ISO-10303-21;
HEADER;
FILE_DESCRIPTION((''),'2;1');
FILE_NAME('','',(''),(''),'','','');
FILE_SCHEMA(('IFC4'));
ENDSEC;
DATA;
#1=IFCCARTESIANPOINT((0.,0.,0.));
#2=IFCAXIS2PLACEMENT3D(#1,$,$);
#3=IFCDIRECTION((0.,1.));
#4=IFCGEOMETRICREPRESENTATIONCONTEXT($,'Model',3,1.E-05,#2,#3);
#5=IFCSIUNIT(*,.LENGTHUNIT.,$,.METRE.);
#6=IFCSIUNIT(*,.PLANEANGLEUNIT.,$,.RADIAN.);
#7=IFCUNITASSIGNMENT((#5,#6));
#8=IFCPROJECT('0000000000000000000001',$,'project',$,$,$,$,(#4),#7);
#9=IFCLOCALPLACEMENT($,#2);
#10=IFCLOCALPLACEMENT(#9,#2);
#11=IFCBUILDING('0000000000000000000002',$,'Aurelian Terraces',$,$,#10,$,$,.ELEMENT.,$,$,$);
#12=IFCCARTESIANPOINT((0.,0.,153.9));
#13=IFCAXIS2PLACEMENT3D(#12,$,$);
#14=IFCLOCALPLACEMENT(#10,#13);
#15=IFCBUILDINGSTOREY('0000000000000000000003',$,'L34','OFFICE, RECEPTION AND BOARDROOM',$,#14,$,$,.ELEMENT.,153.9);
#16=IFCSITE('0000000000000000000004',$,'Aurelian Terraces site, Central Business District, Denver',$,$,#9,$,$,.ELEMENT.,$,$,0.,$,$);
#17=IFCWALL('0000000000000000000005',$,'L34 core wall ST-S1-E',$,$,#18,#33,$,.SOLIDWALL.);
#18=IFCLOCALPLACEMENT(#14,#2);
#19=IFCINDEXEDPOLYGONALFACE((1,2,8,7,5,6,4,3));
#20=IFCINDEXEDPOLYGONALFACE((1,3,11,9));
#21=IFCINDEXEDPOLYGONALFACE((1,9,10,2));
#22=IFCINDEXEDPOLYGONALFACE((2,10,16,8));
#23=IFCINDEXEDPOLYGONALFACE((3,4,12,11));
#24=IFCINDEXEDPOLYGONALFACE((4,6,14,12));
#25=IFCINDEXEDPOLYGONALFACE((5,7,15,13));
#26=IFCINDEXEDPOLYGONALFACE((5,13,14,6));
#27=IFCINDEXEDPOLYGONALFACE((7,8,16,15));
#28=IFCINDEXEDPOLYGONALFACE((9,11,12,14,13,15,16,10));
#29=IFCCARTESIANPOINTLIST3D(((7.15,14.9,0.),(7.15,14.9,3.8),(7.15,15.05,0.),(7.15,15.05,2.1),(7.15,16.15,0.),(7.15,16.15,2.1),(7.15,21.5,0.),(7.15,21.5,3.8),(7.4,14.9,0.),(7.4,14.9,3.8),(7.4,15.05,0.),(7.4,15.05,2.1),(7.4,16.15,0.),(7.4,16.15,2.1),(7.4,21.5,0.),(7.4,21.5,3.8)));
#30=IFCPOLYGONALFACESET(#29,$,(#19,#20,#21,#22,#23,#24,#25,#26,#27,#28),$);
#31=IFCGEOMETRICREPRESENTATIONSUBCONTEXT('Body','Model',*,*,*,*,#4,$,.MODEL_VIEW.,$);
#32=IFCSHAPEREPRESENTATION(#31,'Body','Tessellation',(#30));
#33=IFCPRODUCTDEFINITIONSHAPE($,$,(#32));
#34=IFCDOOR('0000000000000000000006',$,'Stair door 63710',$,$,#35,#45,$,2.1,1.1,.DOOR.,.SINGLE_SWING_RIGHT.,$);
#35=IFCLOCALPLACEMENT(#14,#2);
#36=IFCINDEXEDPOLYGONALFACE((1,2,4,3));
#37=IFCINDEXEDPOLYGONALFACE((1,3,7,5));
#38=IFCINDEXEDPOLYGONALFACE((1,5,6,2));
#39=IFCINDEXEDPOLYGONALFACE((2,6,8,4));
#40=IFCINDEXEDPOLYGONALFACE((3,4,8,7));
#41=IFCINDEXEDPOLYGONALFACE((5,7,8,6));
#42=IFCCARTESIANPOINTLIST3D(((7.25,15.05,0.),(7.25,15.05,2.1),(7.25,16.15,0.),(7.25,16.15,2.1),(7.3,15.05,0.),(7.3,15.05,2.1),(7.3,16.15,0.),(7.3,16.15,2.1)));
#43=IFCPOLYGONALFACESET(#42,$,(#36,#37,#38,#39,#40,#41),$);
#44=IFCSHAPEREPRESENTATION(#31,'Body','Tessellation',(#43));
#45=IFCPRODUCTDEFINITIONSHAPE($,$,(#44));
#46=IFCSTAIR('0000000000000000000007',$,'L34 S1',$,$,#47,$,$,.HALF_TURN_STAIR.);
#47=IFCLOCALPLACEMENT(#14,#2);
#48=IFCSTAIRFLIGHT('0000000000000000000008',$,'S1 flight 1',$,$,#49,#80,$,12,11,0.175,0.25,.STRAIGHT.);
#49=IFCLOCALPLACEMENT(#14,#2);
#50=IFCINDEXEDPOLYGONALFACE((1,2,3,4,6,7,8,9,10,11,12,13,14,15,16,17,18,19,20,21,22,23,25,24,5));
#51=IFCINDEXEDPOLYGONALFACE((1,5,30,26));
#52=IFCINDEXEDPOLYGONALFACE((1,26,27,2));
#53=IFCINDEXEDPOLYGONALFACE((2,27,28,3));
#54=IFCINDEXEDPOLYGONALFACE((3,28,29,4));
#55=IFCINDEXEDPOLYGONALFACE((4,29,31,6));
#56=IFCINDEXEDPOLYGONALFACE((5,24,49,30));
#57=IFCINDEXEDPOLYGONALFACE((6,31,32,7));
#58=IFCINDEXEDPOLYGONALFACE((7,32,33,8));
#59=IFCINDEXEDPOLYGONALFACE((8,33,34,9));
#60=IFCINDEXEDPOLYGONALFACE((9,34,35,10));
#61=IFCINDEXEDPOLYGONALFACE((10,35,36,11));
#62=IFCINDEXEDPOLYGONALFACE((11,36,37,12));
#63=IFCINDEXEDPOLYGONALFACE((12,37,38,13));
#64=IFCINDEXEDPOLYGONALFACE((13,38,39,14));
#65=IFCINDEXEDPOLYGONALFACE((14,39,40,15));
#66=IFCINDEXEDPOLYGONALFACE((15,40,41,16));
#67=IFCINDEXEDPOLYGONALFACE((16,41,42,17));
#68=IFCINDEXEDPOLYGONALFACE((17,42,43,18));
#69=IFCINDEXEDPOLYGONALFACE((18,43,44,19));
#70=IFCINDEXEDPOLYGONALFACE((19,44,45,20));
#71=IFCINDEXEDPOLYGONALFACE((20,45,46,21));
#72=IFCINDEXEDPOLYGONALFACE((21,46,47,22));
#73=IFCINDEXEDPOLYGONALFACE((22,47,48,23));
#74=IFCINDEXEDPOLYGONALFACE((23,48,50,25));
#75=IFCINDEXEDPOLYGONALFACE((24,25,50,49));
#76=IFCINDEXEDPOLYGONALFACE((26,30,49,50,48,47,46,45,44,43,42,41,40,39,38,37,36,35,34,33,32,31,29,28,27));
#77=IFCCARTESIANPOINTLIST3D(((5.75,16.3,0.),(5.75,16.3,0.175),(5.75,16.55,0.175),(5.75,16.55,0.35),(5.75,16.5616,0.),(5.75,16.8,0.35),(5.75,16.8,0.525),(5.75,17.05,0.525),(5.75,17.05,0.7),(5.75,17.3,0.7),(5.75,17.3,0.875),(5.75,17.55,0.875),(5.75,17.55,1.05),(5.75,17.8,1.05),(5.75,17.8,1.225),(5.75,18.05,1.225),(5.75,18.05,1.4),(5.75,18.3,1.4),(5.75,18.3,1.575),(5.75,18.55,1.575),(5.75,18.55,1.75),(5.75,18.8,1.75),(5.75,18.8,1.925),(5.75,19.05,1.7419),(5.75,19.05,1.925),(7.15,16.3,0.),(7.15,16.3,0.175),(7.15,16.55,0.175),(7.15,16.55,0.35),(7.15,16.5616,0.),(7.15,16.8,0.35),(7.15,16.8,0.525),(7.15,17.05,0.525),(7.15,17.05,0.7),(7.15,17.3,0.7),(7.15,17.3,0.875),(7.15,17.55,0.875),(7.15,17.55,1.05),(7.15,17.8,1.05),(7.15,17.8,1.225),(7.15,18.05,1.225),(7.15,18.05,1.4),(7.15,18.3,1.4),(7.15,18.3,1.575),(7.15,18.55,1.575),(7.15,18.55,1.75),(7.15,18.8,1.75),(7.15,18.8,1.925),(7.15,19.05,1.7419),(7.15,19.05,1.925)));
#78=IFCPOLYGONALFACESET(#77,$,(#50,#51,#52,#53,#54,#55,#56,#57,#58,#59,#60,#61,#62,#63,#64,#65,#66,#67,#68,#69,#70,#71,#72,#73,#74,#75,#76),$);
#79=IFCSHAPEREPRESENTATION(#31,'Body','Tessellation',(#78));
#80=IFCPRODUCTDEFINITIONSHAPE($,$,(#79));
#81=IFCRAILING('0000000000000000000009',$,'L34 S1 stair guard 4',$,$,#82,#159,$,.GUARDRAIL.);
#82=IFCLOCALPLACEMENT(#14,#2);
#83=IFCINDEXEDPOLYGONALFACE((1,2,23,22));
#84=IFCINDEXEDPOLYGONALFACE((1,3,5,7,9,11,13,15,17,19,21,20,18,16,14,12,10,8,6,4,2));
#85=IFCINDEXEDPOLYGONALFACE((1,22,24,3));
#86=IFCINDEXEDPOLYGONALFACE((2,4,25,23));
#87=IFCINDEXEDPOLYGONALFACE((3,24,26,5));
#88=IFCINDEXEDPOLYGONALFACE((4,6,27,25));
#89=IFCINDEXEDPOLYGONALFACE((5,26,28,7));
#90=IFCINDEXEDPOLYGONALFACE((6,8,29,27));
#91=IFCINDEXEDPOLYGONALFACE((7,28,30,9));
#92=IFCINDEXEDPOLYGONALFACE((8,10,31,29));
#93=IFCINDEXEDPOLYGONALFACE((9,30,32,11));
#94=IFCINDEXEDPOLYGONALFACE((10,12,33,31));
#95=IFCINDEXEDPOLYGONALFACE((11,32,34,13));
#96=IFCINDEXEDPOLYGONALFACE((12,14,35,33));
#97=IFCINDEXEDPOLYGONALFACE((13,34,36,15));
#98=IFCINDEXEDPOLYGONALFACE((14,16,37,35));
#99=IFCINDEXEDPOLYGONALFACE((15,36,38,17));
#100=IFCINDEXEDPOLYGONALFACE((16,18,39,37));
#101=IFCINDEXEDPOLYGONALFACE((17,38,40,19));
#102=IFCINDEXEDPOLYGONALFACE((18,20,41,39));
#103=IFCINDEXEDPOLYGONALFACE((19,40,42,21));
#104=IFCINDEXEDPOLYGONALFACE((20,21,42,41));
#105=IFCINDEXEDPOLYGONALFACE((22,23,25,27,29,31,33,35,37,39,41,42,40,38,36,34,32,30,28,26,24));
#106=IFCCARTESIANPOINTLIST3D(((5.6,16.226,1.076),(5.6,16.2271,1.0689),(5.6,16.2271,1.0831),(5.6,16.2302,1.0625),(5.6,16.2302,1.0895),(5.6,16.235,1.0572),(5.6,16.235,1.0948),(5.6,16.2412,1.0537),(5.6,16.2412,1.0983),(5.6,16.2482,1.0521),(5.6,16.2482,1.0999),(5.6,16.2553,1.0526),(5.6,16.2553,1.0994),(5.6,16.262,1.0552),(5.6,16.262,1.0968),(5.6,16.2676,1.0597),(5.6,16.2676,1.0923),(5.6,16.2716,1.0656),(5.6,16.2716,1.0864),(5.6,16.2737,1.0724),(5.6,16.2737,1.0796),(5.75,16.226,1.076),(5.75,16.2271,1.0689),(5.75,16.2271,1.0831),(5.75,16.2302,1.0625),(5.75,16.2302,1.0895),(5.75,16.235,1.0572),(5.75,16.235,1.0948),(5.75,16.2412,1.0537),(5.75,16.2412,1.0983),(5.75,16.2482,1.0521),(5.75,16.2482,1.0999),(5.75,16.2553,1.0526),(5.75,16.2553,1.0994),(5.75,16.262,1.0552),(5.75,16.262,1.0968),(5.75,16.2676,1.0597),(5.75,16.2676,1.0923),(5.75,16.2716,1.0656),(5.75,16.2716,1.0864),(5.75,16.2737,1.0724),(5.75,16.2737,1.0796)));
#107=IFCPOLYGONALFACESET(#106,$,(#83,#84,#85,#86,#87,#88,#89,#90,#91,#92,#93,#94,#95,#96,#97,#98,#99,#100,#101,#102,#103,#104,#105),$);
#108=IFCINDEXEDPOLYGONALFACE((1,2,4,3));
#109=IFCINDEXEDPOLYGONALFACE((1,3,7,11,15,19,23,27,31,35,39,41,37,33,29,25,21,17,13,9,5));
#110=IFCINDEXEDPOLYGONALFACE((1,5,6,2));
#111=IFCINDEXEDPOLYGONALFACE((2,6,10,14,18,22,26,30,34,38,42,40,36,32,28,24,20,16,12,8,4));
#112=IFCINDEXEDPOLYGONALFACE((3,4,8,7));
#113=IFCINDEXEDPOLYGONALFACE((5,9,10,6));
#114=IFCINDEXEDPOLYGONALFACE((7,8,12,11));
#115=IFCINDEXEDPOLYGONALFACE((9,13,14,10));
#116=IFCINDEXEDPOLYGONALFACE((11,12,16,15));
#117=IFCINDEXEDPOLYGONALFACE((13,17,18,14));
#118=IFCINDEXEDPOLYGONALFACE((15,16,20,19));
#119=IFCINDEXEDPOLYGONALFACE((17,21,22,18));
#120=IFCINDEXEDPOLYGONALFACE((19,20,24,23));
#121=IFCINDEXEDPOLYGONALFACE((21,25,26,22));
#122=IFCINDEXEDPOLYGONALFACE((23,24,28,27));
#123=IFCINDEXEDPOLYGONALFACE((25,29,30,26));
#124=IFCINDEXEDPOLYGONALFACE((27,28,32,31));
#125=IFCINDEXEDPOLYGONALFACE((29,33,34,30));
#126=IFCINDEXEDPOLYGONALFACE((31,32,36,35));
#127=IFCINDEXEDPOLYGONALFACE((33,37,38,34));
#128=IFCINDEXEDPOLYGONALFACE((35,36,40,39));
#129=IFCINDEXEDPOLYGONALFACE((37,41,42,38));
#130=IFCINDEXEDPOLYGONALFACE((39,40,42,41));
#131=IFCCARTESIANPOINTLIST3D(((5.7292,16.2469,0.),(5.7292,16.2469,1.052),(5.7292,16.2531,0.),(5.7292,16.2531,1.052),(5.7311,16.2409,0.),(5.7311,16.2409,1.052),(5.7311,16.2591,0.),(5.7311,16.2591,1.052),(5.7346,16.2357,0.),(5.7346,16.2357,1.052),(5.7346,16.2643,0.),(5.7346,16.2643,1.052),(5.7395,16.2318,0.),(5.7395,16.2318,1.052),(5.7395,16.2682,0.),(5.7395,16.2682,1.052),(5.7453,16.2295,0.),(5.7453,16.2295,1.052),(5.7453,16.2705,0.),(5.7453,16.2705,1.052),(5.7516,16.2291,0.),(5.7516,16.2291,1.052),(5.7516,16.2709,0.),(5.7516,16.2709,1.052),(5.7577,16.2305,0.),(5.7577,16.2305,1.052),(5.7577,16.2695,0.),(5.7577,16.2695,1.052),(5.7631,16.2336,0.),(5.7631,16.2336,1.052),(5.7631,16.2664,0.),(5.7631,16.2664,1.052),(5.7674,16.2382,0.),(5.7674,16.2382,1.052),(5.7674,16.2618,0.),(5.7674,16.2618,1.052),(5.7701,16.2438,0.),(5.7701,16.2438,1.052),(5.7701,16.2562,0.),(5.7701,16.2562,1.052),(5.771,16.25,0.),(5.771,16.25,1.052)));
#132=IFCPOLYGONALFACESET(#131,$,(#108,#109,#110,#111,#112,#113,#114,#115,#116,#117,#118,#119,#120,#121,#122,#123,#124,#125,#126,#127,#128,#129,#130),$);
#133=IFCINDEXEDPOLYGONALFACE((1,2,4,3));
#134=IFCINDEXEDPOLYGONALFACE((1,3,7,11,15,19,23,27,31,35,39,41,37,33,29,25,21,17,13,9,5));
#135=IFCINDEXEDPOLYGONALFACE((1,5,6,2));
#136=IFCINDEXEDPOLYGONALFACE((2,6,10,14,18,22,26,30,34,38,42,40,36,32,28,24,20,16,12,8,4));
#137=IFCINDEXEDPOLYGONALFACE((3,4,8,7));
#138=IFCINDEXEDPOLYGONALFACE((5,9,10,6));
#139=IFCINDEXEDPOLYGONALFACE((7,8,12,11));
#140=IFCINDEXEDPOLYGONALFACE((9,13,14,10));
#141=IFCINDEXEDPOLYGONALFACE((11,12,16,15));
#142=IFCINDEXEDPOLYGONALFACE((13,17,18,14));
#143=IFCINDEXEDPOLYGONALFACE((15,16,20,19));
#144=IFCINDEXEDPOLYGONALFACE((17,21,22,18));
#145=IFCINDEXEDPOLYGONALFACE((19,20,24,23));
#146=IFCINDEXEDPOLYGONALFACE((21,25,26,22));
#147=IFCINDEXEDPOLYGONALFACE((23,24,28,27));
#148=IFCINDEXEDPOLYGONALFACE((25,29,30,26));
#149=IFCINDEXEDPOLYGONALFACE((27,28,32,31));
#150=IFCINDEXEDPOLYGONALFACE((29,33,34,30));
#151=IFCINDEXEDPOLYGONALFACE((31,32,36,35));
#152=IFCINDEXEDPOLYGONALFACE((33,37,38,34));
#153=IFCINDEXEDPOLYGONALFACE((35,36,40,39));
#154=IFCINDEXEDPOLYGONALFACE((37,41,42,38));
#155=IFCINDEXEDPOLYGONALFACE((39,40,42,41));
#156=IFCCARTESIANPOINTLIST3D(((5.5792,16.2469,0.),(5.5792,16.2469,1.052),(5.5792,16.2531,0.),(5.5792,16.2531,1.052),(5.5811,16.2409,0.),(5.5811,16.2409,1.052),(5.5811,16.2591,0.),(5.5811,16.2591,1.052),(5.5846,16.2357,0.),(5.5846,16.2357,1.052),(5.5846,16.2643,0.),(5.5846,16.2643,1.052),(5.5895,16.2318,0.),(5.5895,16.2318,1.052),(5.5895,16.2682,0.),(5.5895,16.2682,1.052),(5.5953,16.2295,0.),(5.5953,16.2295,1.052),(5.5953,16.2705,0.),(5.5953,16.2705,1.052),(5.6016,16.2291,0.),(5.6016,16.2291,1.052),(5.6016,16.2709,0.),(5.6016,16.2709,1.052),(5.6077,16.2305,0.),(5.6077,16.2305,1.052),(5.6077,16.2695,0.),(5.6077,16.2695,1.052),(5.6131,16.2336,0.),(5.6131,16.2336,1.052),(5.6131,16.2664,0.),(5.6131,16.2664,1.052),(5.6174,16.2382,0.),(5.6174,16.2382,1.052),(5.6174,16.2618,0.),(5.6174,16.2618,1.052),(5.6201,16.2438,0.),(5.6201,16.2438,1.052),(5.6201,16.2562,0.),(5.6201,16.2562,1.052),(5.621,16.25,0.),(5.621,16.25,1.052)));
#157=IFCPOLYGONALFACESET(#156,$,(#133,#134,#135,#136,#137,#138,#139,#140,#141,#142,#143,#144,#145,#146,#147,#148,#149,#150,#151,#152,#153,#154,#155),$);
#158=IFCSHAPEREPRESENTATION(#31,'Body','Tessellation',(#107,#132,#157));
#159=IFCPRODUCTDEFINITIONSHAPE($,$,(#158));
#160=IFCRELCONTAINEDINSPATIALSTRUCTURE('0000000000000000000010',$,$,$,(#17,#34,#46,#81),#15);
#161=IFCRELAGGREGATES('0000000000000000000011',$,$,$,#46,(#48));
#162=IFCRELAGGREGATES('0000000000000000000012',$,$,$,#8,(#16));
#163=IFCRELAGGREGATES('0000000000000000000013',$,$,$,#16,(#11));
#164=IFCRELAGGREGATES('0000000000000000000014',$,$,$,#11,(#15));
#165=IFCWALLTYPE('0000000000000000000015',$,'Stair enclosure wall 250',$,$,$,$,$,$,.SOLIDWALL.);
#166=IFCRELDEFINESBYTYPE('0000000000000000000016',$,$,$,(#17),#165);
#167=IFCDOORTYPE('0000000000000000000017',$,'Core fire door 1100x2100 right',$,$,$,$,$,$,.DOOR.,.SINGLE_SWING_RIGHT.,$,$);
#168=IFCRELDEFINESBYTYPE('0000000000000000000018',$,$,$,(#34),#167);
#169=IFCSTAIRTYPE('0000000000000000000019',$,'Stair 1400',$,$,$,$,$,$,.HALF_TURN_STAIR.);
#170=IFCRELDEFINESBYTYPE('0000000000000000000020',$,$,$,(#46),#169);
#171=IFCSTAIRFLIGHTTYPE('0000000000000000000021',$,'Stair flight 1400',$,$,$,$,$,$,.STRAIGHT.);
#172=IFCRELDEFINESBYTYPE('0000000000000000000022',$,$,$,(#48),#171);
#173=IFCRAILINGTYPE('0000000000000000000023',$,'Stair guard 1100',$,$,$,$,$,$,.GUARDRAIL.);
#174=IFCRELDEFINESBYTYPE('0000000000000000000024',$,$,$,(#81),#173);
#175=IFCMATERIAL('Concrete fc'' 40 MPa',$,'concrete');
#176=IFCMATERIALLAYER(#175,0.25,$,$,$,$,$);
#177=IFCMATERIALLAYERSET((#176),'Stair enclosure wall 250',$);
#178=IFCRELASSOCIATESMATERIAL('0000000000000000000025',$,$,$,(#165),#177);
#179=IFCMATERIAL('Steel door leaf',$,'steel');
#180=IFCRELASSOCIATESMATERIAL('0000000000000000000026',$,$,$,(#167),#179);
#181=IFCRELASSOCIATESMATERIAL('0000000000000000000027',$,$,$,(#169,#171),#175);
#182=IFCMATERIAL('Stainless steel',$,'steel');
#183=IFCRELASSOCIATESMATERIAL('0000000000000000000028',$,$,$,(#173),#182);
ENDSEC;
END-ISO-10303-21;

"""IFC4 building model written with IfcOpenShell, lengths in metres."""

from ifc_helpers import new_model, si_unit, direction, frame, frame_2d, origin, origin_2d, place, context, subcontext, project, spatial, polyline, rectangle, circle, outline, extrude, source, transform, mapped, material, layer, layer_set, type_object, element, fill, aggregate, save


model = new_model("IFC4")

# Units and contexts
model_context = context("Model", 3, precision=1e-05, world=origin(), true_north=direction((0.0, 1.0)))
body_context = subcontext(model_context, "Body", "Model", "MODEL_VIEW")
ifc_project = project(units=[si_unit("LENGTHUNIT", "METRE"), si_unit("PLANEANGLEUNIT", "RADIAN")], contexts=[model_context])

# Site, building, storey
site_placement = place(None, origin())
site = spatial("IfcSite", under=ifc_project, at=site_placement, Name="Aurelian Terraces site, Central Business District, Denver", CompositionType="ELEMENT", RefElevation=0.0)
building_placement = place(site_placement, origin())
building = spatial("IfcBuilding", under=site, at=building_placement, Name="Aurelian Terraces", CompositionType="ELEMENT")
storey_placement = place(building_placement, frame((0.0, 0.0, 153.9)))
storey = spatial("IfcBuildingStorey", under=building, at=storey_placement, Name="L34", Description="OFFICE, RECEPTION AND BOARDROOM", CompositionType="ELEMENT", Elevation=153.9)

# Shared definitions
ifc_material_1 = material(Name="Concrete fc' 40 MPa", Category="concrete")

# Shared definitions
ifc_material_2 = material(Name="Stainless steel", Category="steel")
shared_shape_1 = source(origin(), body_context, "Body", "SweptSolid", [
    extrude(rectangle(XDim=1.1, YDim=2.1, at=frame_2d((0.55, 1.05))), frame((0.0, 0.025, 0.0), z_axis=(0.0, -1.0, 0.0), x_axis=(1.0, 0.0, 0.0)), (0.0, 0.0, 1.0), 0.05),
])

# Wall, opening, door
ifc_layer_1 = layer(ifc_material_1, 0.25)
ifc_layer_set_1 = layer_set([ifc_layer_1], Name="Stair enclosure wall 250")
wall_type_1 = type_object("IfcWallType", Name="Stair enclosure wall 250", PredefinedType="SOLIDWALL", material=ifc_layer_set_1)
shared_shape_2 = source(origin(), body_context, "Body", "SweptSolid", [
    extrude(rectangle(XDim=6.6, YDim=0.25, at=frame_2d((3.3, 0.0))), origin(), (0.0, 0.0, 1.0), 3.8),
])
wall_1_placement = place(storey_placement, frame((7.275, 14.9, 0.0), z_axis=(0.0, 0.0, 1.0), x_axis=(0.0, 1.0, 0.0)))
wall_1 = element("IfcWall", 1, at=wall_1_placement, inside=storey, type_object=wall_type_1, Name="L34 core wall ST-S1-E", PredefinedType="SOLIDWALL", context=body_context, shape_type="MappedRepresentation", body=[
    mapped(shared_shape_2, transform((0.0, 0.0, 0.0), scale=1.0)),
])
shared_shape_3 = source(origin(), body_context, "Body", "SweptSolid", [
    extrude(rectangle(XDim=1.1, YDim=2.1, at=frame_2d((0.55, 1.05))), frame((0.0, 0.135, 0.0), z_axis=(0.0, -1.0, 0.0), x_axis=(1.0, 0.0, 0.0)), (0.0, 0.0, 1.0), 0.27),
])
opening_1_placement = place(wall_1_placement, frame((0.15, 0.0, 0.0)))
opening_1 = element("IfcOpeningElement", 2, at=opening_1_placement, cuts=wall_1, PredefinedType="OPENING", context=body_context, shape_type="MappedRepresentation", body=[
    mapped(shared_shape_3, transform((0.0, 0.0, 0.0), scale=1.0)),
])
ifc_material_3 = material(Name="Steel door leaf", Category="steel")
door_type_1 = type_object("IfcDoorType", Name="Core fire door 1100x2100 right", OperationType="SINGLE_SWING_RIGHT", PredefinedType="DOOR", material=ifc_material_3)
door_1_placement = place(opening_1_placement, origin())
door_1 = element("IfcDoor", 3, at=door_1_placement, inside=storey, type_object=door_type_1, Name="Stair door 63710", OperationType="SINGLE_SWING_RIGHT", OverallHeight=2.1, OverallWidth=1.1, PredefinedType="DOOR", context=body_context, shape_type="MappedRepresentation", body=[
    mapped(shared_shape_1, transform((0.0, 0.0, 0.0), scale=1.0)),
])
fill(opening_1, door_1)

# Stair, stair flight
stair_type = type_object("IfcStairType", Name="Stair 1400", PredefinedType="HALF_TURN_STAIR", material=ifc_material_1)
stair_placement = place(storey_placement, origin())
stair = element("IfcStair", 4, at=stair_placement, inside=storey, type_object=stair_type, Name="L34 S1", PredefinedType="HALF_TURN_STAIR")
stair_flight_type = type_object("IfcStairFlightType", Name="Stair flight 1400", PredefinedType="STRAIGHT", material=ifc_material_1)
shared_shape_4 = source(origin(), body_context, "Body", "SweptSolid", [
    extrude(outline(polyline([(0.0, 0.0), (0.0, 0.175), (0.25, 0.175), (0.25, 0.35), (0.5, 0.35), (0.5, 0.525), (0.75, 0.525), (0.75, 0.7), (1.0, 0.7), (1.0, 0.875), (1.25, 0.875), (1.25, 1.05), (1.5, 1.05), (1.5, 1.225), (1.75, 1.225), (1.75, 1.4), (2.0, 1.4), (2.0, 1.575), (2.25, 1.575), (2.25, 1.75), (2.5, 1.75), (2.5, 1.925), (2.75, 1.925), (2.75, 2.1), (2.75, 1.7419), (0.2616, 0.0), (0.0, 0.0)])), frame((0.0, 0.7, 0.0), z_axis=(0.0, -1.0, 0.0), x_axis=(1.0, 0.0, 0.0)), (0.0, 0.0, 1.0), 1.4),
])
stair_flight_placement = place(storey_placement, frame((6.45, 16.3, 0.0), z_axis=(0.0, 0.0, 1.0), x_axis=(0.0, 1.0, 0.0)))
stair_flight = element("IfcStairFlight", 5, at=stair_flight_placement, type_object=stair_flight_type, Name="S1 flight 1", NumberOfRisers=12, NumberOfTreads=11, PredefinedType="STRAIGHT", RiserHeight=0.175, TreadLength=0.25, context=body_context, shape_type="MappedRepresentation", body=[
    mapped(shared_shape_4, transform((0.0, 0.0, 0.0), scale=1.0)),
])
aggregate(stair, [stair_flight])

# Railing
railing_type_1 = type_object("IfcRailingType", Name="Stair guard 1100", PredefinedType="GUARDRAIL", material=ifc_material_2)
shared_shape_5 = source(origin(), body_context, "Body", "SweptSolid", [
    extrude(circle(Radius=0.024, at=origin_2d()), frame((0.0, 0.0, 1.076), z_axis=(-1.0, 0.0, 0.0), x_axis=(0.0, -1.0, 0.0)), (0.0, 0.0, 1.0), 0.15),
    extrude(circle(Radius=0.021, at=origin_2d()), origin(), (0.0, 0.0, 1.0), 1.052),
    extrude(circle(Radius=0.021, at=origin_2d()), frame((-0.15, 0.0, 0.0)), (0.0, 0.0, 1.0), 1.052),
])
railing_1_placement = place(storey_placement, frame((5.75, 16.25, 0.0)))
element("IfcRailing", 6, at=railing_1_placement, inside=storey, type_object=railing_type_1, Name="L34 S1 stair guard 4", PredefinedType="GUARDRAIL", context=body_context, shape_type="MappedRepresentation", body=[
    mapped(shared_shape_5, transform((0.0, 0.0, 0.0), scale=1.0)),
])

save(model, "model.ifc")
